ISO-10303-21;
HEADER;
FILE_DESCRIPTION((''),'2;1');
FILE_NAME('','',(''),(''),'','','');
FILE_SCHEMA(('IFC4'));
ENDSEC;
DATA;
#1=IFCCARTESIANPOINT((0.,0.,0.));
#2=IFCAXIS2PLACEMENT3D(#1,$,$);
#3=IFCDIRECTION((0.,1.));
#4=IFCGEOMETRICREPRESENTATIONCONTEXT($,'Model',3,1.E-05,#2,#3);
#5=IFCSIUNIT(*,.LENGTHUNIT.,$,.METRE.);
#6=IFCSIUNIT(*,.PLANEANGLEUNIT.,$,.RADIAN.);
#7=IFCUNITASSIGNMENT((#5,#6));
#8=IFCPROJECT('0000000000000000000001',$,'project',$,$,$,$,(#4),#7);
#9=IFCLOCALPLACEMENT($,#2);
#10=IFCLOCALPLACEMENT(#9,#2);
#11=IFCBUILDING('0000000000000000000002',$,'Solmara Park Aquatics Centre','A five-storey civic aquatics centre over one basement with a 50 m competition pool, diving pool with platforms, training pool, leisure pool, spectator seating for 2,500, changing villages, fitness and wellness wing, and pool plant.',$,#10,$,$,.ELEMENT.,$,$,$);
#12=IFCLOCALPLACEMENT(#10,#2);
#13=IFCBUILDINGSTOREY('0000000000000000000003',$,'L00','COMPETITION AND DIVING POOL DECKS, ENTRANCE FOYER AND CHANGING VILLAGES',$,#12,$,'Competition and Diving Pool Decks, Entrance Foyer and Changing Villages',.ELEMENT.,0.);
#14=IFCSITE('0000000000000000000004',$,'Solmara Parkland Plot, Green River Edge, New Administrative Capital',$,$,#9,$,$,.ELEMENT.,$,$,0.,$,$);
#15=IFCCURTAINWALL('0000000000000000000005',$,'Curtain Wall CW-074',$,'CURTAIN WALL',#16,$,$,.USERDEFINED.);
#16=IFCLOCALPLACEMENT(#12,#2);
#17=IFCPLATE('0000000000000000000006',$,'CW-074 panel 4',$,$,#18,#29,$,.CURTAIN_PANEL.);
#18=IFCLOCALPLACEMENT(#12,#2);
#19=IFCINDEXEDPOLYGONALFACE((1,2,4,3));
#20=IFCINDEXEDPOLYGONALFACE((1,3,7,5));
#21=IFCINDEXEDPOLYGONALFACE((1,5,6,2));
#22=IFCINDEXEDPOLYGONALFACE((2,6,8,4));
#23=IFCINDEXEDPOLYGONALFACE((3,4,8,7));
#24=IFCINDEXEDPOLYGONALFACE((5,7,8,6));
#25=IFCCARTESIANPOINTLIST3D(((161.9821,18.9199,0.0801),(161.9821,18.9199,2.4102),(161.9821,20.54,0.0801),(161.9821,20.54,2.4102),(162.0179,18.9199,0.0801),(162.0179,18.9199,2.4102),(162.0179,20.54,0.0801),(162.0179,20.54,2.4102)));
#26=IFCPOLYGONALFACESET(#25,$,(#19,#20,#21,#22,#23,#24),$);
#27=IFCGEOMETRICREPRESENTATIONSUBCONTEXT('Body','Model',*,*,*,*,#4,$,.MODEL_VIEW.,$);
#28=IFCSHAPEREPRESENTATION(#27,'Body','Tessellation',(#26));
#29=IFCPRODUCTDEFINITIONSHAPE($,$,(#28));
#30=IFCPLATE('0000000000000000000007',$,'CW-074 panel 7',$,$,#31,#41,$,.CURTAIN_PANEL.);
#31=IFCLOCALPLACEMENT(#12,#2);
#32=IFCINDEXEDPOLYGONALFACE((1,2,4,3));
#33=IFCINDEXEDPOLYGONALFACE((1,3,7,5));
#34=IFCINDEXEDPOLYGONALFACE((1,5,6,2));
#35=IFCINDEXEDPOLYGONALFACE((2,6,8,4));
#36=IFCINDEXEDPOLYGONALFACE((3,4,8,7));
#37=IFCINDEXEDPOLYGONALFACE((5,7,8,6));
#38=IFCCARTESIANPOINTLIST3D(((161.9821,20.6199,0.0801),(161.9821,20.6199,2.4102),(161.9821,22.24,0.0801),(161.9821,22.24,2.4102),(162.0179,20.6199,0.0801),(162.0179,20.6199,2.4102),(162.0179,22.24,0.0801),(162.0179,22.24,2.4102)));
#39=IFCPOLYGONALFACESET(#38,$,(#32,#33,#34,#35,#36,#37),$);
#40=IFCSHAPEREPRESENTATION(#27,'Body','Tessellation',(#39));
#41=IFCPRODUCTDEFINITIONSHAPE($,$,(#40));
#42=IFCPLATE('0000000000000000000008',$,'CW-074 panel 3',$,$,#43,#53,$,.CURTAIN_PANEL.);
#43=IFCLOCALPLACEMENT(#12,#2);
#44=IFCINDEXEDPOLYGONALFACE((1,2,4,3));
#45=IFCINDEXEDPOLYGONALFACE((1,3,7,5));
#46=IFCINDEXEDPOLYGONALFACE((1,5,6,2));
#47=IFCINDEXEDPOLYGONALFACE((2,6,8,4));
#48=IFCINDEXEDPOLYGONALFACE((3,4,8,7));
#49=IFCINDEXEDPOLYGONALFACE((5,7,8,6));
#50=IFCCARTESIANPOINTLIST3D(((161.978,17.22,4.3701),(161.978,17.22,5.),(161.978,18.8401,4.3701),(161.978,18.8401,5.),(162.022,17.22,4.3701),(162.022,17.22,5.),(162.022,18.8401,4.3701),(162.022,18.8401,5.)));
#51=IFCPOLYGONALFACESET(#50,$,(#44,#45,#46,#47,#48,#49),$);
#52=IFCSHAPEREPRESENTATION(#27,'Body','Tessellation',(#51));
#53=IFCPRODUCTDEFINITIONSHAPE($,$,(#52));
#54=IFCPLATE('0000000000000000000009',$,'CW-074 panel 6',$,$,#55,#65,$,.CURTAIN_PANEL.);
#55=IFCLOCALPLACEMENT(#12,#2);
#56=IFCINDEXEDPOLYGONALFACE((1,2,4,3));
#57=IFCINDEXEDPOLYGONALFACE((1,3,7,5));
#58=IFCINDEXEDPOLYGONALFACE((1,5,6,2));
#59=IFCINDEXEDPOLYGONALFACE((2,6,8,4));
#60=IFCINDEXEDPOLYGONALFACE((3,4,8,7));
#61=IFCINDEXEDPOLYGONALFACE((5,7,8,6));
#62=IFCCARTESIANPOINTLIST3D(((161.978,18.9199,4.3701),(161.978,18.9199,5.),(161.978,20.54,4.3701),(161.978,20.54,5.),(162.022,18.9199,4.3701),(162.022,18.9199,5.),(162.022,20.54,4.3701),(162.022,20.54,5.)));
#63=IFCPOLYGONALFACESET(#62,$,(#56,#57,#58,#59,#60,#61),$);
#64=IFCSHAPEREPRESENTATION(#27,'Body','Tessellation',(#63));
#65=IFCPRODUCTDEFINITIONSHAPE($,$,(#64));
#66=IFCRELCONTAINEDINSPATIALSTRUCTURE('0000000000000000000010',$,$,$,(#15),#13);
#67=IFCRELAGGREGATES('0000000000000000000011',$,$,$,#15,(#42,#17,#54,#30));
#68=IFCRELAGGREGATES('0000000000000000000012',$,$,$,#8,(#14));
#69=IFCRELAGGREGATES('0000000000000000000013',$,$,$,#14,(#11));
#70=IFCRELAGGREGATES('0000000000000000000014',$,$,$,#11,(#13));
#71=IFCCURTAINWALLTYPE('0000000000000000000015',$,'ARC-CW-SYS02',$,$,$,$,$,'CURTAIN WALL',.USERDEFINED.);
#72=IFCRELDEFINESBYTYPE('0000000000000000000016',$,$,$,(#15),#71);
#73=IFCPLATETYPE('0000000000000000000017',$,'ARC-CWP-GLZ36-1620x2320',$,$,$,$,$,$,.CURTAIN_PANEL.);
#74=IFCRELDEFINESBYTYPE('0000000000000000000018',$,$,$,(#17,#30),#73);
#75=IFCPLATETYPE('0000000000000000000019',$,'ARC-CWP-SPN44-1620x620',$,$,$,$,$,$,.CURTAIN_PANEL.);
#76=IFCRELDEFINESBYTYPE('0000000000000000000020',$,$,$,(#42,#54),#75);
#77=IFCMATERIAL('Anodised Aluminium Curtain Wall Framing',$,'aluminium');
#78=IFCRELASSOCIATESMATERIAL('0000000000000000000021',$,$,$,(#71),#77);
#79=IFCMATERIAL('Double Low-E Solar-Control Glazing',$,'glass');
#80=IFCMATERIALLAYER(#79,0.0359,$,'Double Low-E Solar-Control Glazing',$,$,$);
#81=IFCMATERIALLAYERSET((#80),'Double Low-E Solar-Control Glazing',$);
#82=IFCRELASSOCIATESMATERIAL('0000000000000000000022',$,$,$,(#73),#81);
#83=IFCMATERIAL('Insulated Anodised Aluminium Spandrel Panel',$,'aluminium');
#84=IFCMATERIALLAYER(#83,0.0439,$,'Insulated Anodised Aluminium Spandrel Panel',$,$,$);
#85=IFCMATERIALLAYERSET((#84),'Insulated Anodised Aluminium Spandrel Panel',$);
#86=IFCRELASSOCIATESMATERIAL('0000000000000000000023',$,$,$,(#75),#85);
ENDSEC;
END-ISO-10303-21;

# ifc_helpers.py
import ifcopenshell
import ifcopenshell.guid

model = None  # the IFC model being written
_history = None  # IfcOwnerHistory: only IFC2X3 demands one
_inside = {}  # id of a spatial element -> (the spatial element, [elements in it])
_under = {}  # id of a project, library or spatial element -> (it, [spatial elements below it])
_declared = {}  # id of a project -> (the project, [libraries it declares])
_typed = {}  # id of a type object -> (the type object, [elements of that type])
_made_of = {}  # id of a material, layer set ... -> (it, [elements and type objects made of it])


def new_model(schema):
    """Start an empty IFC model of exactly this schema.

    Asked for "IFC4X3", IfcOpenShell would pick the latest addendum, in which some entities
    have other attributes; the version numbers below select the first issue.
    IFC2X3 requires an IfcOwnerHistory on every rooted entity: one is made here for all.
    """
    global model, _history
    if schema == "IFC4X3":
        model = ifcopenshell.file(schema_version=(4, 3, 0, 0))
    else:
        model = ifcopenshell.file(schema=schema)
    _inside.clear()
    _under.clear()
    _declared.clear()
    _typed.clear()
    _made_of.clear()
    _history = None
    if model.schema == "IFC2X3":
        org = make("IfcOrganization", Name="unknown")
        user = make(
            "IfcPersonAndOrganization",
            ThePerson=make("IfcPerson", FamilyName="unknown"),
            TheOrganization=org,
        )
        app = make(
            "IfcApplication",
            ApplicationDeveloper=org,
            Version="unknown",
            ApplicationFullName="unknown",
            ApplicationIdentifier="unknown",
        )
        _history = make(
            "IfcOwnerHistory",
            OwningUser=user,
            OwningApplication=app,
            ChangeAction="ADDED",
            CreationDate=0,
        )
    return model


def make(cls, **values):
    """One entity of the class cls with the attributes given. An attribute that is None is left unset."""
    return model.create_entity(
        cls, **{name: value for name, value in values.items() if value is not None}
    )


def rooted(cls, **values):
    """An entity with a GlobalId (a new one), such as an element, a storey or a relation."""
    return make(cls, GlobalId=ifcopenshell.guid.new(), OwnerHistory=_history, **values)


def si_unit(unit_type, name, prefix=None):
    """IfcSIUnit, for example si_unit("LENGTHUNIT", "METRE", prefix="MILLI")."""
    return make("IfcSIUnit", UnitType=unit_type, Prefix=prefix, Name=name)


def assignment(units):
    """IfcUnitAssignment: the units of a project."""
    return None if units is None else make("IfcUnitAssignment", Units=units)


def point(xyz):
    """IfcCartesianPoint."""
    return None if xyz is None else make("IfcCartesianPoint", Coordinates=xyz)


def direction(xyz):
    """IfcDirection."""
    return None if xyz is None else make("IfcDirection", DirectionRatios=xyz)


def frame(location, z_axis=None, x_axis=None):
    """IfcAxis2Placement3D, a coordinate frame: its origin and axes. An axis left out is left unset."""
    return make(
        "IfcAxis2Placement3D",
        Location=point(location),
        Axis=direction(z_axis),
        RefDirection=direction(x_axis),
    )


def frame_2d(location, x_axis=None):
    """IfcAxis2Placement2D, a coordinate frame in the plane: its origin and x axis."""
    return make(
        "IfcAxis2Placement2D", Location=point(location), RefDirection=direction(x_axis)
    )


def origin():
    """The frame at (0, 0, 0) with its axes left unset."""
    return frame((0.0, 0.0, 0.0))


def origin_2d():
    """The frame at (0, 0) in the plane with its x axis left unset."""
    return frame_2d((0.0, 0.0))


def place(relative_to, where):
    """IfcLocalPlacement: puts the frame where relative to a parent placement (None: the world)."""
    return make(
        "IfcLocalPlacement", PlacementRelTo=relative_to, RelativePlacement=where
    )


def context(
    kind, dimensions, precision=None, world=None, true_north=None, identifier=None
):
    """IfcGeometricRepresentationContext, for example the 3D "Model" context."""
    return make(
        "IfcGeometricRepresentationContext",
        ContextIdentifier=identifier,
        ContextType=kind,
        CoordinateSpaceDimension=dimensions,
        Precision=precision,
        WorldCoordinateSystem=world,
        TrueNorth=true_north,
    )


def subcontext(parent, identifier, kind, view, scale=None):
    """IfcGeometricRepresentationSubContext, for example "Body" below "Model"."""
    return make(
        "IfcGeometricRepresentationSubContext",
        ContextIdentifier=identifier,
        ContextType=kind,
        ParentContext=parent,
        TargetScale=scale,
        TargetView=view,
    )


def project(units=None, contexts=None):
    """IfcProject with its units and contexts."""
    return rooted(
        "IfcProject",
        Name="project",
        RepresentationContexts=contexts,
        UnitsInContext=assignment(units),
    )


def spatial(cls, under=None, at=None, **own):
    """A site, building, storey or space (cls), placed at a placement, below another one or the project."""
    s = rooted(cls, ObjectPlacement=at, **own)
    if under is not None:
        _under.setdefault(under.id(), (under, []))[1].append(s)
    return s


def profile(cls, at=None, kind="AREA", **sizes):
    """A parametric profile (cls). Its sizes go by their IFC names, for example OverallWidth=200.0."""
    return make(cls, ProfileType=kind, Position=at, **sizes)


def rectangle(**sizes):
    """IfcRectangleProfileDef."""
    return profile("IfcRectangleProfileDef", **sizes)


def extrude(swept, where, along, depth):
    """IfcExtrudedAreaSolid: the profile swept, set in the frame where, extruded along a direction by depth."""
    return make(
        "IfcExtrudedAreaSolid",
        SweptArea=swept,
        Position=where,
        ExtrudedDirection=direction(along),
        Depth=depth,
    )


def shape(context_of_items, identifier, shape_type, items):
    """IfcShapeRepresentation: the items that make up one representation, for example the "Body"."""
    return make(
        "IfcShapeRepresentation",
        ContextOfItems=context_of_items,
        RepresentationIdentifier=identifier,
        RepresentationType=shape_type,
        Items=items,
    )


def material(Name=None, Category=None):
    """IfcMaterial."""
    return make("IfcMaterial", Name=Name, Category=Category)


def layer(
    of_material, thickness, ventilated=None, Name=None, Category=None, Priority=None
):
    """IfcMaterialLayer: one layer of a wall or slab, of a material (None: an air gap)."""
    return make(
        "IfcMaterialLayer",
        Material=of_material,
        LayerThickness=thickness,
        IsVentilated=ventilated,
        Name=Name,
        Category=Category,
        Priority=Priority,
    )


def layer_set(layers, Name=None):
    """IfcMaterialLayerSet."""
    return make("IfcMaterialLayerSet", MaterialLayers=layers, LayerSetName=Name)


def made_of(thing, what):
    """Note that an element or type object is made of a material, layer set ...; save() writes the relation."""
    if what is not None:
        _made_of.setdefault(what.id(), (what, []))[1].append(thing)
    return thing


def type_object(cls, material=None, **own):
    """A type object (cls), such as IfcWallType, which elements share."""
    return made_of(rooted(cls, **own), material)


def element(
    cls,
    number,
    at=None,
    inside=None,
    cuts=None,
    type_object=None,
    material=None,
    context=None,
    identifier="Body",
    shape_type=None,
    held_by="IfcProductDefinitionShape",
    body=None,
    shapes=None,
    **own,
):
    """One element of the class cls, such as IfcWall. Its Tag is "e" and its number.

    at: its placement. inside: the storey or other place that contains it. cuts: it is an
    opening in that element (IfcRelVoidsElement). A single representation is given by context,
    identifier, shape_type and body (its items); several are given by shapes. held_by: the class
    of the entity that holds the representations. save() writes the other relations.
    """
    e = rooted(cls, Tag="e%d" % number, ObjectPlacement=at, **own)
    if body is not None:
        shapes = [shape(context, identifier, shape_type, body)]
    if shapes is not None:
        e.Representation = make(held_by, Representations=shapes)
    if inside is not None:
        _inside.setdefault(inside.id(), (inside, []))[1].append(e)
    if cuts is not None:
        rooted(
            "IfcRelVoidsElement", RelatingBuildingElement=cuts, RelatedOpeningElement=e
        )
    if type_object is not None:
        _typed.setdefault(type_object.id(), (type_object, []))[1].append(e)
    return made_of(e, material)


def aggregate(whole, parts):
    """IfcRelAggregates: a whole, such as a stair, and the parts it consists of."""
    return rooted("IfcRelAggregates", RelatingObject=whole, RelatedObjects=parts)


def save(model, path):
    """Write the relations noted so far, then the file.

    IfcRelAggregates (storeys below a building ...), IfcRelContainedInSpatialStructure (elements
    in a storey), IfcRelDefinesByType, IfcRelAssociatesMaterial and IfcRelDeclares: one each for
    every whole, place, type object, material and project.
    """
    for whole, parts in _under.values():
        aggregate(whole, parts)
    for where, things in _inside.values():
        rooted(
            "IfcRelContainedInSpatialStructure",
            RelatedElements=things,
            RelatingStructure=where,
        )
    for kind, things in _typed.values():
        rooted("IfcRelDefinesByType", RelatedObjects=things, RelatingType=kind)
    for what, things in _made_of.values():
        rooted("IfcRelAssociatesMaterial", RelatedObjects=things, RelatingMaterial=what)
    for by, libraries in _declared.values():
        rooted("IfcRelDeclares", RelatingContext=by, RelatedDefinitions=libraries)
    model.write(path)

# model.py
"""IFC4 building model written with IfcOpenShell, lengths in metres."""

from ifc_helpers import new_model, si_unit, direction, frame, origin, origin_2d, place, context, subcontext, project, spatial, rectangle, extrude, material, layer, layer_set, type_object, element, aggregate, save


model = new_model("IFC4")

# Units and contexts
model_context = context("Model", 3, precision=1e-05, world=origin(), true_north=direction((0.0, 1.0)))
body_context = subcontext(model_context, "Body", "Model", "MODEL_VIEW")
ifc_project = project(units=[si_unit("LENGTHUNIT", "METRE"), si_unit("PLANEANGLEUNIT", "RADIAN")], contexts=[model_context])

# Site, building, storey
site_placement = place(None, origin())
site = spatial("IfcSite", under=ifc_project, at=site_placement, Name="Solmara Parkland Plot, Green River Edge, New Administrative Capital", CompositionType="ELEMENT", RefElevation=0.0)
building_placement = place(site_placement, origin())
building = spatial("IfcBuilding", under=site, at=building_placement, Name="Solmara Park Aquatics Centre", Description="A five-storey civic aquatics centre over one basement with a 50 m competition pool, diving pool with platforms, training pool, leisure pool, spectator seating for 2,500, changing villages, fitness and wellness wing, and pool plant.", CompositionType="ELEMENT")
storey_placement = place(building_placement, origin())
storey = spatial("IfcBuildingStorey", under=building, at=storey_placement, Name="L00", Description="COMPETITION AND DIVING POOL DECKS, ENTRANCE FOYER AND CHANGING VILLAGES", LongName="Competition and Diving Pool Decks, Entrance Foyer and Changing Villages", CompositionType="ELEMENT", Elevation=0.0)

# Curtain wall, plates
ifc_material_1 = material(Name="Anodised Aluminium Curtain Wall Framing", Category="aluminium")
curtain_wall_type = type_object("IfcCurtainWallType", Name="ARC-CW-SYS02", ElementType="CURTAIN WALL", PredefinedType="USERDEFINED", material=ifc_material_1)
curtain_wall_placement = place(storey_placement, origin())
curtain_wall = element("IfcCurtainWall", 1, at=curtain_wall_placement, inside=storey, type_object=curtain_wall_type, Name="Curtain Wall CW-074", ObjectType="CURTAIN WALL", PredefinedType="USERDEFINED")
ifc_material_2 = material(Name="Double Low-E Solar-Control Glazing", Category="glass")
ifc_layer_1 = layer(ifc_material_2, 0.0359, Name="Double Low-E Solar-Control Glazing")
ifc_layer_set_1 = layer_set([ifc_layer_1], Name="Double Low-E Solar-Control Glazing")
plate_type_1 = type_object("IfcPlateType", Name="ARC-CWP-GLZ36-1620x2320", PredefinedType="CURTAIN_PANEL", material=ifc_layer_set_1)
plate_1_placement = place(storey_placement, frame((162.0, 19.73, 0.0801), z_axis=(0.0, 0.0, 1.0), x_axis=(0.0, 1.0, 0.0)))
plate_1 = element("IfcPlate", 2, at=plate_1_placement, type_object=plate_type_1, Name="CW-074 panel 4", PredefinedType="CURTAIN_PANEL", context=body_context, shape_type="SweptSolid", body=[
    extrude(rectangle(XDim=1.6201, YDim=0.0359, at=origin_2d()), origin(), (0.0, 0.0, 1.0), 2.3301),
])
plate_2_placement = place(storey_placement, frame((162.0, 21.4299, 0.0801), z_axis=(0.0, 0.0, 1.0), x_axis=(0.0, 1.0, 0.0)))
plate_2 = element("IfcPlate", 3, at=plate_2_placement, type_object=plate_type_1, Name="CW-074 panel 7", PredefinedType="CURTAIN_PANEL", context=body_context, shape_type="SweptSolid", body=[
    extrude(rectangle(XDim=1.6201, YDim=0.0359, at=origin_2d()), origin(), (0.0, 0.0, 1.0), 2.3301),
])
ifc_material_3 = material(Name="Insulated Anodised Aluminium Spandrel Panel", Category="aluminium")
ifc_layer_2 = layer(ifc_material_3, 0.0439, Name="Insulated Anodised Aluminium Spandrel Panel")
ifc_layer_set_2 = layer_set([ifc_layer_2], Name="Insulated Anodised Aluminium Spandrel Panel")
plate_type_2 = type_object("IfcPlateType", Name="ARC-CWP-SPN44-1620x620", PredefinedType="CURTAIN_PANEL", material=ifc_layer_set_2)
plate_3_placement = place(storey_placement, frame((162.0, 18.03, 4.3701), z_axis=(0.0, 0.0, 1.0), x_axis=(0.0, 1.0, 0.0)))
plate_3 = element("IfcPlate", 4, at=plate_3_placement, type_object=plate_type_2, Name="CW-074 panel 3", PredefinedType="CURTAIN_PANEL", context=body_context, shape_type="SweptSolid", body=[
    extrude(rectangle(XDim=1.6201, YDim=0.0439, at=origin_2d()), origin(), (0.0, 0.0, 1.0), 0.6299),
])
plate_4_placement = place(storey_placement, frame((162.0, 19.73, 4.3701), z_axis=(0.0, 0.0, 1.0), x_axis=(0.0, 1.0, 0.0)))
plate_4 = element("IfcPlate", 5, at=plate_4_placement, type_object=plate_type_2, Name="CW-074 panel 6", PredefinedType="CURTAIN_PANEL", context=body_context, shape_type="SweptSolid", body=[
    extrude(rectangle(XDim=1.6201, YDim=0.0439, at=origin_2d()), origin(), (0.0, 0.0, 1.0), 0.6299),
])
aggregate(curtain_wall, [plate_3, plate_1, plate_4, plate_2])

save(model, "model.ifc")
